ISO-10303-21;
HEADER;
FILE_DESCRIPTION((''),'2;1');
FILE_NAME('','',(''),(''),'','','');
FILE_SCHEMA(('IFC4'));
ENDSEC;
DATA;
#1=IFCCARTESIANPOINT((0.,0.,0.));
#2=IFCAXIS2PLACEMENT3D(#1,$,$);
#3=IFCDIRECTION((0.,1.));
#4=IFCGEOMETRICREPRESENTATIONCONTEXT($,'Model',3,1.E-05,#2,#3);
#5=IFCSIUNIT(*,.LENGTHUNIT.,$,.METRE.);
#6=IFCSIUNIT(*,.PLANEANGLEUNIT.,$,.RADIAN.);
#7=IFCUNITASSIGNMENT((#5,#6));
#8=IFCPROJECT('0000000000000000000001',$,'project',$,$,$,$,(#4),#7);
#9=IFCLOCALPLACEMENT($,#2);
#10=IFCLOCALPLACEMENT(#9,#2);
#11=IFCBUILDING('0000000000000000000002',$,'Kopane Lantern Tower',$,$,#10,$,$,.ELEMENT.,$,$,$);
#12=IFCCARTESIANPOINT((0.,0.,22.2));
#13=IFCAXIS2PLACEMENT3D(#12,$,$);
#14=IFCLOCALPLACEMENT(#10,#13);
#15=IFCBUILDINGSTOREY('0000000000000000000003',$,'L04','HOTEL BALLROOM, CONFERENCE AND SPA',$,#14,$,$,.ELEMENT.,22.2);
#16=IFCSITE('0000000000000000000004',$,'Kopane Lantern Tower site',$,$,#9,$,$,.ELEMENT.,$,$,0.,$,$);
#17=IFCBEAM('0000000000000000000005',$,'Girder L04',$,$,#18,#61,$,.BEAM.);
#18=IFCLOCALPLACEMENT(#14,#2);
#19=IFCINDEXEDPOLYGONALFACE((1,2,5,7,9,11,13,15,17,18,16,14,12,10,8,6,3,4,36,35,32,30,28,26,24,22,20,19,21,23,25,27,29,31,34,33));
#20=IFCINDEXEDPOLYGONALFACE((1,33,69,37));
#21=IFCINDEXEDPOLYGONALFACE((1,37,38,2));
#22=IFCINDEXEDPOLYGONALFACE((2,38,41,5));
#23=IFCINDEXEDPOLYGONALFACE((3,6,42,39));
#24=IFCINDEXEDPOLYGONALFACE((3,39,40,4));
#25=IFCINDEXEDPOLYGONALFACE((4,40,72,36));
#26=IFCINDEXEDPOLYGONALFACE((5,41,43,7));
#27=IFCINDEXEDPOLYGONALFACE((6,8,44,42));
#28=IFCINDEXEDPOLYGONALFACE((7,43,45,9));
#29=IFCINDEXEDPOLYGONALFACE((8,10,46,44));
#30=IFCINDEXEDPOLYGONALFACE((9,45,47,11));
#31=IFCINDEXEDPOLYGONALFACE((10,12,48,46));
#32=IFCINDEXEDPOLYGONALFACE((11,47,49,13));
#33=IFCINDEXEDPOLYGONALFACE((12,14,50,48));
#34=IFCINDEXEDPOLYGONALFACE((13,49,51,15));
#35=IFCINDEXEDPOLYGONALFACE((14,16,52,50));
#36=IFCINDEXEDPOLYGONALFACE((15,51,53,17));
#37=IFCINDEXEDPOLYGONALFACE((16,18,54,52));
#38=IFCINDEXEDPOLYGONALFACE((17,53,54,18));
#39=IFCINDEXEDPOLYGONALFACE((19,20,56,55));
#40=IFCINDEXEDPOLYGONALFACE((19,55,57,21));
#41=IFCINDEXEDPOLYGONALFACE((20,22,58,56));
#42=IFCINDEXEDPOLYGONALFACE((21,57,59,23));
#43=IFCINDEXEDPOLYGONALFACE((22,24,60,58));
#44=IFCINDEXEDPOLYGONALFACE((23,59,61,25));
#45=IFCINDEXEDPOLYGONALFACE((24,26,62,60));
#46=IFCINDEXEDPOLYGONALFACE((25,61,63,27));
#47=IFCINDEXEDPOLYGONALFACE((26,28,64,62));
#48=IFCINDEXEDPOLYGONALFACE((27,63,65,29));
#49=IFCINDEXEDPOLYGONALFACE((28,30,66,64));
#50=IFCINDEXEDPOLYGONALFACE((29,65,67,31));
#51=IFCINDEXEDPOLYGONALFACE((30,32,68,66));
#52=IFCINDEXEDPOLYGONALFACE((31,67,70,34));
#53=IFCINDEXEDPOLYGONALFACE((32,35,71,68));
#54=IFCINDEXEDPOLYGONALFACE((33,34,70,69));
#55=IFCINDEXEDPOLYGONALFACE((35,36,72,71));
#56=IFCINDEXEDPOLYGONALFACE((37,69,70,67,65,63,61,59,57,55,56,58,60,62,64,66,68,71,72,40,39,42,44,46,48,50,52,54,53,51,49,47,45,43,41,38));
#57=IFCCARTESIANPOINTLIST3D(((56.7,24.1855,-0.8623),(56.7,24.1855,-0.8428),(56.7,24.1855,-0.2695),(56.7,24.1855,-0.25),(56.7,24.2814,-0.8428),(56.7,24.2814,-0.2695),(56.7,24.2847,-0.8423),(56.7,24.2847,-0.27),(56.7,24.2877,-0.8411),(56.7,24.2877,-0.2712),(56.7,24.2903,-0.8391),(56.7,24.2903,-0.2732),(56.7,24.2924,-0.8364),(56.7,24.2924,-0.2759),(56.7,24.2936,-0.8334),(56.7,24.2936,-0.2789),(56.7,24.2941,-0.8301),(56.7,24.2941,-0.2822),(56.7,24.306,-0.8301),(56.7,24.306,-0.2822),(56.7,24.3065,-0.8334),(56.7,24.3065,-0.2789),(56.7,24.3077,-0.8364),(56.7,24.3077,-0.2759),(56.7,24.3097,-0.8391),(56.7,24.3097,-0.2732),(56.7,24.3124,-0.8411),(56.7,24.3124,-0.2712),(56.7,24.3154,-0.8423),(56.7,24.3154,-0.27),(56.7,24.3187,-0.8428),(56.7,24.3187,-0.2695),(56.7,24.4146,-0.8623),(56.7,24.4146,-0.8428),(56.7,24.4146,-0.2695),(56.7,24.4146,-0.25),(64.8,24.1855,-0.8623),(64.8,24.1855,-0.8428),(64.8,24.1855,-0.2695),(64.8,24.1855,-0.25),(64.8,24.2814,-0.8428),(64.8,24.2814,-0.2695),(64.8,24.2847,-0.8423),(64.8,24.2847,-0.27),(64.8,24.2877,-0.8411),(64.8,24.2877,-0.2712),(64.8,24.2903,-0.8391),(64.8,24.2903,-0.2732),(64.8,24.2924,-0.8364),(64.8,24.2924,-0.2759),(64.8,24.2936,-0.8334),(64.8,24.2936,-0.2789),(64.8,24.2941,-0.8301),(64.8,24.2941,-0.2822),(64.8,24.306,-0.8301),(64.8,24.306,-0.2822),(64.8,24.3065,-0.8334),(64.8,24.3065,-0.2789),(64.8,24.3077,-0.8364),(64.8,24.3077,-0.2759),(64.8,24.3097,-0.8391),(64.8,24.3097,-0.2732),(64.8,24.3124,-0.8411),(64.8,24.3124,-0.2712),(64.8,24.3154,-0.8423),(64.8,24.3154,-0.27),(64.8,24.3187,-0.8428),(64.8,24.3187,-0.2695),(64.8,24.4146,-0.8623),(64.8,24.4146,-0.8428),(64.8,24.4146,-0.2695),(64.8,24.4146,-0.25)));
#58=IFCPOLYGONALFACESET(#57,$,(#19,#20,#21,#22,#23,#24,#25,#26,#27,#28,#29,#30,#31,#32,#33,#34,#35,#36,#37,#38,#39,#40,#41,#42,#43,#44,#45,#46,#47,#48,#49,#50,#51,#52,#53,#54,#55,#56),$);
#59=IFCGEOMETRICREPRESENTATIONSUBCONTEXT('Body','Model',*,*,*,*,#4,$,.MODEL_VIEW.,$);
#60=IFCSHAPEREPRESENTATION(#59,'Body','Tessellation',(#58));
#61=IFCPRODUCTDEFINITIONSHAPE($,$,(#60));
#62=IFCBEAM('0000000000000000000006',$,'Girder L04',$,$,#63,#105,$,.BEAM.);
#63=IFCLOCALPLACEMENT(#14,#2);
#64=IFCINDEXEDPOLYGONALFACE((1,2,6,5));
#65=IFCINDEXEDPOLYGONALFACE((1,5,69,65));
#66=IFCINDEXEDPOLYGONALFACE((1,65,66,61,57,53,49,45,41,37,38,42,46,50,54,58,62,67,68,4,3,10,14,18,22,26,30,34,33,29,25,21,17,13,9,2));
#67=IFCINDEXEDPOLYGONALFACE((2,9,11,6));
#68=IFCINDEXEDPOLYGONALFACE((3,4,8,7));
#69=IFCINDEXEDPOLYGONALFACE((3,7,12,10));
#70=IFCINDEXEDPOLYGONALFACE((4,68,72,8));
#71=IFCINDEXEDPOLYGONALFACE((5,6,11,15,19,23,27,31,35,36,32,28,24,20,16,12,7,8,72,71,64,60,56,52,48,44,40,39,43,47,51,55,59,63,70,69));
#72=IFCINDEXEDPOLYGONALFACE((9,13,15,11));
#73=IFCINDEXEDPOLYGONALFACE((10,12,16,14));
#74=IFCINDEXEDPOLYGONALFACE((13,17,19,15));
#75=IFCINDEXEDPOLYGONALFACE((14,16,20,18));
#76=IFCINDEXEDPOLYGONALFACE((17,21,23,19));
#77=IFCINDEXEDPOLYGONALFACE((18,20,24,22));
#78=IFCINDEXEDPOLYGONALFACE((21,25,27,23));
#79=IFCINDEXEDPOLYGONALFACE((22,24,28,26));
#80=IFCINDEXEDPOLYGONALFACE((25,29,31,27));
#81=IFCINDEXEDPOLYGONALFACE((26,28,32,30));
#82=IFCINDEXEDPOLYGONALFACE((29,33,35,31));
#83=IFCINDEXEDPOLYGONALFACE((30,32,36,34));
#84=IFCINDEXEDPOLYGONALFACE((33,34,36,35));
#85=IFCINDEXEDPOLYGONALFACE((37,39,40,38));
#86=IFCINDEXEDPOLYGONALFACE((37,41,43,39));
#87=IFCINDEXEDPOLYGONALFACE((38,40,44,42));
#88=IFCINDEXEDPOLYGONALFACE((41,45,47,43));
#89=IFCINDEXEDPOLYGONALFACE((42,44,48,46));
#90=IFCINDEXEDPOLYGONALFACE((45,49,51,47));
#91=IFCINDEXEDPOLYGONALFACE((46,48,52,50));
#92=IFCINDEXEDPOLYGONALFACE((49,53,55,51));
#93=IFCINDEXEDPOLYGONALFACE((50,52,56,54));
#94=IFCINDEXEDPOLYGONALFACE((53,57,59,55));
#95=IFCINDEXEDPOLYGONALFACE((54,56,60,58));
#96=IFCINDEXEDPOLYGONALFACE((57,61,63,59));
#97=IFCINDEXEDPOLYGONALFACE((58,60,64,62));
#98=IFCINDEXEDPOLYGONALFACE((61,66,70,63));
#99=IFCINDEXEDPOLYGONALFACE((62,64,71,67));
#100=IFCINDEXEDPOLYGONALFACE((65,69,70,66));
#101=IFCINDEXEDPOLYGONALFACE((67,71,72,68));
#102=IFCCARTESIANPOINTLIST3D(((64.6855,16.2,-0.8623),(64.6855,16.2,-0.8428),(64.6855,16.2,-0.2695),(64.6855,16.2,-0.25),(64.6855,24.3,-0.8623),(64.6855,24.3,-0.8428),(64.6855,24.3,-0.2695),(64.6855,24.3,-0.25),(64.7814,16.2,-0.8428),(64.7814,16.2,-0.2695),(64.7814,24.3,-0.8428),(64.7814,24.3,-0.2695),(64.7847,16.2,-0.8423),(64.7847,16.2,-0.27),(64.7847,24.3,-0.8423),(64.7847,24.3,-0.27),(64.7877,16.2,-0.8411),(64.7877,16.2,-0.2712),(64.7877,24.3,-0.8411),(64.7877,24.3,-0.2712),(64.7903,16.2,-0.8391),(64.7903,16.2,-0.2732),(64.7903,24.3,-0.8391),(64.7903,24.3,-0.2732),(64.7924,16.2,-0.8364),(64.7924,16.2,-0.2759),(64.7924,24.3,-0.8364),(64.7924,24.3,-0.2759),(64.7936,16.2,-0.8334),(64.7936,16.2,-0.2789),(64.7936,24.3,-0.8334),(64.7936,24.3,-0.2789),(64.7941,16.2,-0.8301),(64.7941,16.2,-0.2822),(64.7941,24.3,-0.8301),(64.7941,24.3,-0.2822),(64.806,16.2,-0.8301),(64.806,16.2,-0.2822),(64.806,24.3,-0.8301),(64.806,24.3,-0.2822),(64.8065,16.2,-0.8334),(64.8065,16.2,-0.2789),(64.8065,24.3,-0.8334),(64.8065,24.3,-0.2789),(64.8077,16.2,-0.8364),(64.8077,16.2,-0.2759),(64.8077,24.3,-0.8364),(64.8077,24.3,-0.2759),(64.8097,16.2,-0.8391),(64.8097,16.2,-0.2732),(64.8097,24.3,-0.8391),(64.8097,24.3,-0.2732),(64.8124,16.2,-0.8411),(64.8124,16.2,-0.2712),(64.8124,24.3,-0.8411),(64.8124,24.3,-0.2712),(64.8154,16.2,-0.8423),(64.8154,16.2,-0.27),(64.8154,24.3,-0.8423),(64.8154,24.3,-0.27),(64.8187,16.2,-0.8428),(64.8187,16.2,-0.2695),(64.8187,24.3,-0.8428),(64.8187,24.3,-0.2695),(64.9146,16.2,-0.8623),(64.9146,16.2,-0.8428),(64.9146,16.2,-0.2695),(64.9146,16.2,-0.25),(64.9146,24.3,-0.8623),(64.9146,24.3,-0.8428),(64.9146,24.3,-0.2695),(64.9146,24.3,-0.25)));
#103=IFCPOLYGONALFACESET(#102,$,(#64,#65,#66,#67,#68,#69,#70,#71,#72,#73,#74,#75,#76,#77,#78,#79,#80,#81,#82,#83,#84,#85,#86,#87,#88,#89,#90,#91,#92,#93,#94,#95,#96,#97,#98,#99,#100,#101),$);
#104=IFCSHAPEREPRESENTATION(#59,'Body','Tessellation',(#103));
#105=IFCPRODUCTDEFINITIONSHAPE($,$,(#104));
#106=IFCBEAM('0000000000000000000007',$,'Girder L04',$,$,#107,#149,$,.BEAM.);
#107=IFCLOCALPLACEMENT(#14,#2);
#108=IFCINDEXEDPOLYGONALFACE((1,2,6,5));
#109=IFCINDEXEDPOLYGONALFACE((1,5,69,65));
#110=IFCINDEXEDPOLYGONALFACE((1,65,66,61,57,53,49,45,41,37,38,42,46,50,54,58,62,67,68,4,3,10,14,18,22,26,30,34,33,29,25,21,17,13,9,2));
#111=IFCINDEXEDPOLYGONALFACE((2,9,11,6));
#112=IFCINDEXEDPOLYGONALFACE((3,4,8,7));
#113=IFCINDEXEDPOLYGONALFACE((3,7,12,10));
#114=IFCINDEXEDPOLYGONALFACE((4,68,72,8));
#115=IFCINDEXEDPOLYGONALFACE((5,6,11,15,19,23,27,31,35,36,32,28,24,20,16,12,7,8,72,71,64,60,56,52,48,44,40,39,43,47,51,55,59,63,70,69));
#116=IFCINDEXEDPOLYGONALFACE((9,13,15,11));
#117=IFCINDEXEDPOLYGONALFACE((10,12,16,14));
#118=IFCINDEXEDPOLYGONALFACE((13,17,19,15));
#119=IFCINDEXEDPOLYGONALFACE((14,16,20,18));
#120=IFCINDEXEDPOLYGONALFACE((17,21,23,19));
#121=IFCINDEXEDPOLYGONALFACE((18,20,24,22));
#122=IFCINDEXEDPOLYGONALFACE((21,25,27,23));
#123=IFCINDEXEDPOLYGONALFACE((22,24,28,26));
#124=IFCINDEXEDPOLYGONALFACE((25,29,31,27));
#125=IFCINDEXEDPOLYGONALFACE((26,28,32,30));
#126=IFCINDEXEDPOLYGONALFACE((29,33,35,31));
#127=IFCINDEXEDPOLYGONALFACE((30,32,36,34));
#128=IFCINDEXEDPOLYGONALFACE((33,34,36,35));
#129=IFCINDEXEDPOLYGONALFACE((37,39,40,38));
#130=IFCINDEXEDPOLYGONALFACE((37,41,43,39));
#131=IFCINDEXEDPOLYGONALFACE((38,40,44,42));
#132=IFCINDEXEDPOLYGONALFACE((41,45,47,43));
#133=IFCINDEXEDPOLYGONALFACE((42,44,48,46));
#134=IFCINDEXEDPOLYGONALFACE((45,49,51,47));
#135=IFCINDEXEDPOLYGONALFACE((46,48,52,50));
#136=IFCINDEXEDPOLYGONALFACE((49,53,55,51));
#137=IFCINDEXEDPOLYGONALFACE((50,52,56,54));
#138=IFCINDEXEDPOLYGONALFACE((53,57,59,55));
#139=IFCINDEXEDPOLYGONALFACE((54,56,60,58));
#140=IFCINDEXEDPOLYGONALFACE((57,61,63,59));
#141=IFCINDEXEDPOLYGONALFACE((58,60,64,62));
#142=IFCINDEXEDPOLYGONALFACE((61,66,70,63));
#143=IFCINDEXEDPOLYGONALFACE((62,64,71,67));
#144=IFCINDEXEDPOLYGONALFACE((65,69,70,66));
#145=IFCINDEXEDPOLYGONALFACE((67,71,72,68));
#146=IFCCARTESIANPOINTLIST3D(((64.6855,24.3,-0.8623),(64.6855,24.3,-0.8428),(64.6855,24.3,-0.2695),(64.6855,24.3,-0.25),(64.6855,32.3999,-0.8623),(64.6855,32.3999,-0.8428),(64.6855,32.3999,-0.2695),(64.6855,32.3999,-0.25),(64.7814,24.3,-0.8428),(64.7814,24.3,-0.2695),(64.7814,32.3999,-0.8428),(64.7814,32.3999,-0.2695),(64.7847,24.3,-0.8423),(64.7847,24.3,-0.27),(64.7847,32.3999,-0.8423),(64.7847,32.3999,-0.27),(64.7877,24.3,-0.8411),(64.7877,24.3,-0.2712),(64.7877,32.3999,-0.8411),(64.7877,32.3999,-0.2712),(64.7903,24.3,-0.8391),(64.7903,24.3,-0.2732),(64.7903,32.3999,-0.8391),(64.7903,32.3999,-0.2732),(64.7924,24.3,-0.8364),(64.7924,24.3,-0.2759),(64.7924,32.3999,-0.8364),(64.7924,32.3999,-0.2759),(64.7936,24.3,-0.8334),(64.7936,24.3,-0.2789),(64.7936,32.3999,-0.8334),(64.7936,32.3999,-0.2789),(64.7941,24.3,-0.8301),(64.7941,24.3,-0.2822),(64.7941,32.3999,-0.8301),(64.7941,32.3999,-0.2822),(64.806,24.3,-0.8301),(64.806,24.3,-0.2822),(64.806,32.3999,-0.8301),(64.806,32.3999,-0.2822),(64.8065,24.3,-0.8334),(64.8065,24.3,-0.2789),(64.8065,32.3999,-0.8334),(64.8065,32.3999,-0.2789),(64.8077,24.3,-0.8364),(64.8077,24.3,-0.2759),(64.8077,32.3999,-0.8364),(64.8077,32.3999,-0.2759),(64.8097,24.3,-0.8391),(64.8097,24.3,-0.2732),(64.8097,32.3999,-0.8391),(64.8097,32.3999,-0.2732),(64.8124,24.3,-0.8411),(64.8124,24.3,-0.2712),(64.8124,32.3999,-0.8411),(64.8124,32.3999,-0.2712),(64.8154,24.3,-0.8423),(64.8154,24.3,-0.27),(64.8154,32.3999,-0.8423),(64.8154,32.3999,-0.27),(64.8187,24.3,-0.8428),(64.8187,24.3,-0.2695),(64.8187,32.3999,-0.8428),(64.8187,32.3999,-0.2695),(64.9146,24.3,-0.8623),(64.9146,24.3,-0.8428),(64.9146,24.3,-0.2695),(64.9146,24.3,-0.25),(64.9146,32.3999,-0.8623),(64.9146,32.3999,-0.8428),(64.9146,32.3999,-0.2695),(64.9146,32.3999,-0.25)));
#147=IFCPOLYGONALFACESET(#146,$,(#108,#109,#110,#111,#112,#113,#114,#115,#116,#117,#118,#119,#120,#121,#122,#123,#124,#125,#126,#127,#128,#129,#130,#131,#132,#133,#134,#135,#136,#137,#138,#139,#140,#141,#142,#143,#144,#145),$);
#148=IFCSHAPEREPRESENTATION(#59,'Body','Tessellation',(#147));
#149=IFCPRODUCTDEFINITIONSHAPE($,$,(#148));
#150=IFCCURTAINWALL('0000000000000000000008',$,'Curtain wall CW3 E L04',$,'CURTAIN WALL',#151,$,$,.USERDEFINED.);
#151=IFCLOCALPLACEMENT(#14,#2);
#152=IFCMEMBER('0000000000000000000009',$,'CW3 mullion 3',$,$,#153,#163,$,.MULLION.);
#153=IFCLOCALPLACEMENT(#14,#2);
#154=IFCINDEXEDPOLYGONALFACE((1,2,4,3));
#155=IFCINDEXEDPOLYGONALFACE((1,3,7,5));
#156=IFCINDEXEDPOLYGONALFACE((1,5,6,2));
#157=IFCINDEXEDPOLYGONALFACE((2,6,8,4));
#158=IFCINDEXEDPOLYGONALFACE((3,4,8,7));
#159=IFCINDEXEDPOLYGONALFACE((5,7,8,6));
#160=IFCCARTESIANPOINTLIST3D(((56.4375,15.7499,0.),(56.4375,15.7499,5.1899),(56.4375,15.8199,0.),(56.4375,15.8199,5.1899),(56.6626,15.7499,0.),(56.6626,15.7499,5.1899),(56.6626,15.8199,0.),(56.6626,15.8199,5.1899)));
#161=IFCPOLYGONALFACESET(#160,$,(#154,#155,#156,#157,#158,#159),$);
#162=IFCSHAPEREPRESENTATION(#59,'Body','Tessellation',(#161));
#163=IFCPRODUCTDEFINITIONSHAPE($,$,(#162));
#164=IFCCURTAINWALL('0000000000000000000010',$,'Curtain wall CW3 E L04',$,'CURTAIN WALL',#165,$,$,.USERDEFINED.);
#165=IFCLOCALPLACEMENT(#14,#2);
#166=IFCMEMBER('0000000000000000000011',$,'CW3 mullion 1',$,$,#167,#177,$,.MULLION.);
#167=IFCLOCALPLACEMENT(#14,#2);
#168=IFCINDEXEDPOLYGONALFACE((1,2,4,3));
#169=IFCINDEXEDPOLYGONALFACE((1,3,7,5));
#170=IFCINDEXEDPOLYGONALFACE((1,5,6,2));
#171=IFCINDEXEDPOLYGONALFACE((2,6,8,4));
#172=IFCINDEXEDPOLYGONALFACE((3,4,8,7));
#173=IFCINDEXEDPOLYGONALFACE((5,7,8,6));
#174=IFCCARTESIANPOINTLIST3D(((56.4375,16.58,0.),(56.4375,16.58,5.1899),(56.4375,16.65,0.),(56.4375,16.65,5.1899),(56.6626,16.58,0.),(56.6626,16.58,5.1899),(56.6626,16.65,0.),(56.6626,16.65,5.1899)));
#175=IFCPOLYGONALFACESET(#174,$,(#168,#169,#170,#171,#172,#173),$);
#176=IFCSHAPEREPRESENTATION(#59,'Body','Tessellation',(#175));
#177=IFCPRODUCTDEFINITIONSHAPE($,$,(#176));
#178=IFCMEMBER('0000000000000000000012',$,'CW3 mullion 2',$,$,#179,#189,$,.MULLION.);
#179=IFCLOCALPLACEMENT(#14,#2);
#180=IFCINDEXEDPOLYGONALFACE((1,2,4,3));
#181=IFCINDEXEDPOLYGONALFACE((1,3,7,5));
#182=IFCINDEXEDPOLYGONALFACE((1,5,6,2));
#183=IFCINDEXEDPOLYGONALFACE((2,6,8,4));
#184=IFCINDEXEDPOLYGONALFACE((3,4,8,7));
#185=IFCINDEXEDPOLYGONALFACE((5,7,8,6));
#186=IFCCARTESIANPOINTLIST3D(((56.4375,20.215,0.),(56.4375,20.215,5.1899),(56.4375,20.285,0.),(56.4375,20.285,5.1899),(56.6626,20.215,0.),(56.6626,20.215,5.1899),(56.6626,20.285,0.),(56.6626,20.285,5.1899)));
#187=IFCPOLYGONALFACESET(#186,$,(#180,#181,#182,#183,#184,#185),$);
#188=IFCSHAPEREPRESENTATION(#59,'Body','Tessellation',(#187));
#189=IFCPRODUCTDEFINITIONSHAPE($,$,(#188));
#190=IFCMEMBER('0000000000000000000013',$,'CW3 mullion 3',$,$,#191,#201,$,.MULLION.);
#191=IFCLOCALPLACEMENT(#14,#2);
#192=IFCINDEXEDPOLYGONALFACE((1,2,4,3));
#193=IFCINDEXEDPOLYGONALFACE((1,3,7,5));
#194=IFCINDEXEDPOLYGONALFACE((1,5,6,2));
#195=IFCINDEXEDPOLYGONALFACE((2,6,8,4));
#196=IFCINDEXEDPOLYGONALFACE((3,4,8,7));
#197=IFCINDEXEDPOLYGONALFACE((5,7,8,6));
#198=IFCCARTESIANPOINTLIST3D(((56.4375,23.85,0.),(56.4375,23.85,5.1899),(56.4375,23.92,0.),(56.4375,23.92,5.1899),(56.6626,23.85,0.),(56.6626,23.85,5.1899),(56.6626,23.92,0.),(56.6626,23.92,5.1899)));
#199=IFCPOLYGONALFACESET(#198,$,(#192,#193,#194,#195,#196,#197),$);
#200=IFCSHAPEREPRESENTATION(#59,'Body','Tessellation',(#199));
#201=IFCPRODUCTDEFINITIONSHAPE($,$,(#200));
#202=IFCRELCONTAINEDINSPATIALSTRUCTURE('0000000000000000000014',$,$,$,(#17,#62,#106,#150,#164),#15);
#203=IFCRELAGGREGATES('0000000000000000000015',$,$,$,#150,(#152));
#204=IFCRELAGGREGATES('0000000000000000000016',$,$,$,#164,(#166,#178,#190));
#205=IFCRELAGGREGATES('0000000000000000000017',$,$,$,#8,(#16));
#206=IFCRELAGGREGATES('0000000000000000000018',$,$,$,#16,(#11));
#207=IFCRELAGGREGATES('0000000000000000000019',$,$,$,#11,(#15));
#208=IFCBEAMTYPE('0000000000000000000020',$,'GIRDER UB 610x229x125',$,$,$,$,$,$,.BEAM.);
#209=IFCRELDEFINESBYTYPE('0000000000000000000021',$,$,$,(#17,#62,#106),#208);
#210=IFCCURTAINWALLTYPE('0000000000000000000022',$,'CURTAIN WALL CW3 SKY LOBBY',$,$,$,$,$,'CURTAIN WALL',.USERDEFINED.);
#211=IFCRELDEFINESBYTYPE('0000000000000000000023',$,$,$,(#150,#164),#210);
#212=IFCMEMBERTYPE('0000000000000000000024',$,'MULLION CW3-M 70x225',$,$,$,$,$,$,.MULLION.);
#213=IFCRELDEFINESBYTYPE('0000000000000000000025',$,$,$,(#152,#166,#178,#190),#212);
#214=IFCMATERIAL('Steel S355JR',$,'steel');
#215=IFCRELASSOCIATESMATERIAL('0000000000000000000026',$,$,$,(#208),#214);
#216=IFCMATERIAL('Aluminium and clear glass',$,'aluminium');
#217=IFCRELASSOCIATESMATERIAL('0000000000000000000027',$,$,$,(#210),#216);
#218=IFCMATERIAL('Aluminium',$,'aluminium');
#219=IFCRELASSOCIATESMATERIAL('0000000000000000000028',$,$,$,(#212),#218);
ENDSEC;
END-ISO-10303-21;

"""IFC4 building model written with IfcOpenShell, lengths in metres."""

from ifc_helpers import new_model, si_unit, direction, frame, origin, origin_2d, place, context, subcontext, project, spatial, rectangle, i_section, extrude, material, material_profile, profile_set, type_object, element, aggregate, save


model = new_model("IFC4")

# Units and contexts
model_context = context("Model", 3, precision=1e-05, world=origin(), true_north=direction((0.0, 1.0)))
body_context = subcontext(model_context, "Body", "Model", "MODEL_VIEW")
ifc_project = project(units=[si_unit("LENGTHUNIT", "METRE"), si_unit("PLANEANGLEUNIT", "RADIAN")], contexts=[model_context])

# Site, building, storey
site_placement = place(None, origin())
site = spatial("IfcSite", under=ifc_project, at=site_placement, Name="Kopane Lantern Tower site", CompositionType="ELEMENT", RefElevation=0.0)
building_placement = place(site_placement, origin())
building = spatial("IfcBuilding", under=site, at=building_placement, Name="Kopane Lantern Tower", CompositionType="ELEMENT")
storey_placement = place(building_placement, frame((0.0, 0.0, 22.2)))
storey = spatial("IfcBuildingStorey", under=building, at=storey_placement, Name="L04", Description="HOTEL BALLROOM, CONFERENCE AND SPA", CompositionType="ELEMENT", Elevation=22.2)

# Beams
ifc_material_1 = material(Name="Steel S355JR", Category="steel")
ifc_material_profile_1 = material_profile(ifc_material_1, i_section(OverallWidth=0.229, OverallDepth=0.6123, WebThickness=0.012, FlangeThickness=0.0195, FilletRadius=0.0127, at=origin_2d()), Name="UB 610x229x125")
ifc_profile_set_1 = profile_set([ifc_material_profile_1], Name="Steel S355JR")
beam_type = type_object("IfcBeamType", Name="GIRDER UB 610x229x125", PredefinedType="BEAM", material=ifc_profile_set_1)
for number, where, z_axis, x_axis, name in (
    (1, (56.7, 24.3, -0.5562), (1.0, 0.0, 0.0), (0.0, 1.0, 0.0), "Girder L04"),
    (2, (64.8, 16.2, -0.5562), (0.0, 1.0, 0.0), (-1.0, 0.0, 0.0), "Girder L04"),
):
    element("IfcBeam", number, at=place(storey_placement, frame(where, z_axis=z_axis, x_axis=x_axis)), inside=storey, type_object=beam_type, Name=name, PredefinedType="BEAM", context=body_context, shape_type="SweptSolid", body=[
        extrude(i_section(OverallWidth=0.229, OverallDepth=0.6123, WebThickness=0.012, FlangeThickness=0.0195, FilletRadius=0.0127, at=origin_2d()), origin(), (0.0, 0.0, 1.0), 8.1001),
    ])
beam_1_placement = place(storey_placement, frame((64.8, 24.3, -0.5562), z_axis=(0.0, 1.0, 0.0), x_axis=(-1.0, 0.0, 0.0)))
element("IfcBeam", 3, at=beam_1_placement, inside=storey, type_object=beam_type, Name="Girder L04", PredefinedType="BEAM", context=body_context, shape_type="SweptSolid", body=[
    extrude(i_section(OverallWidth=0.229, OverallDepth=0.6123, WebThickness=0.012, FlangeThickness=0.0195, FilletRadius=0.0127, at=origin_2d()), origin(), (0.0, 0.0, 1.0), 8.0999),
])

# Curtain wall, member
ifc_material_2 = material(Name="Aluminium and clear glass", Category="aluminium")
curtain_wall_type = type_object("IfcCurtainWallType", Name="CURTAIN WALL CW3 SKY LOBBY", ElementType="CURTAIN WALL", PredefinedType="USERDEFINED", material=ifc_material_2)
curtain_wall_1_placement = place(storey_placement, origin())
curtain_wall_1 = element("IfcCurtainWall", 4, at=curtain_wall_1_placement, inside=storey, type_object=curtain_wall_type, Name="Curtain wall CW3 E L04", ObjectType="CURTAIN WALL", PredefinedType="USERDEFINED")
ifc_material_3 = material(Name="Aluminium", Category="aluminium")
ifc_material_profile_2 = material_profile(ifc_material_3, rectangle(XDim=0.0701, YDim=0.2251, at=origin_2d()), Name="AL 70x225")
ifc_profile_set_2 = profile_set([ifc_material_profile_2], Name="Aluminium")
member_type_1 = type_object("IfcMemberType", Name="MULLION CW3-M 70x225", PredefinedType="MULLION", material=ifc_profile_set_2)
member_1_placement = place(storey_placement, frame((56.55, 15.7849, 0.0), z_axis=(0.0, 0.0, 1.0), x_axis=(0.0, 1.0, 0.0)))
member_1 = element("IfcMember", 5, at=member_1_placement, type_object=member_type_1, Name="CW3 mullion 3", PredefinedType="MULLION", context=body_context, shape_type="SweptSolid", body=[
    extrude(rectangle(XDim=0.0701, YDim=0.2251, at=origin_2d()), origin(), (0.0, 0.0, 1.0), 5.1899),
])
aggregate(curtain_wall_1, [member_1])

# Curtain wall, members
curtain_wall_2_placement = place(storey_placement, origin())
curtain_wall_2 = element("IfcCurtainWall", 6, at=curtain_wall_2_placement, inside=storey, type_object=curtain_wall_type, Name="Curtain wall CW3 E L04", ObjectType="CURTAIN WALL", PredefinedType="USERDEFINED")
member_2_placement = place(storey_placement, frame((56.55, 16.615, 0.0), z_axis=(0.0, 0.0, 1.0), x_axis=(0.0, 1.0, 0.0)))
member_2 = element("IfcMember", 7, at=member_2_placement, type_object=member_type_1, Name="CW3 mullion 1", PredefinedType="MULLION", context=body_context, shape_type="SweptSolid", body=[
    extrude(rectangle(XDim=0.0701, YDim=0.2251, at=origin_2d()), origin(), (0.0, 0.0, 1.0), 5.1899),
])
member_3_placement = place(storey_placement, frame((56.55, 20.25, 0.0), z_axis=(0.0, 0.0, 1.0), x_axis=(0.0, 1.0, 0.0)))
member_3 = element("IfcMember", 8, at=member_3_placement, type_object=member_type_1, Name="CW3 mullion 2", PredefinedType="MULLION", context=body_context, shape_type="SweptSolid", body=[
    extrude(rectangle(XDim=0.0701, YDim=0.2251, at=origin_2d()), origin(), (0.0, 0.0, 1.0), 5.1899),
])
member_4_placement = place(storey_placement, frame((56.55, 23.885, 0.0), z_axis=(0.0, 0.0, 1.0), x_axis=(0.0, 1.0, 0.0)))
member_4 = element("IfcMember", 9, at=member_4_placement, type_object=member_type_1, Name="CW3 mullion 3", PredefinedType="MULLION", context=body_context, shape_type="SweptSolid", body=[
    extrude(rectangle(XDim=0.0701, YDim=0.2251, at=origin_2d()), origin(), (0.0, 0.0, 1.0), 5.1899),
])
aggregate(curtain_wall_2, [member_2, member_3, member_4])

save(model, "model.ifc")
